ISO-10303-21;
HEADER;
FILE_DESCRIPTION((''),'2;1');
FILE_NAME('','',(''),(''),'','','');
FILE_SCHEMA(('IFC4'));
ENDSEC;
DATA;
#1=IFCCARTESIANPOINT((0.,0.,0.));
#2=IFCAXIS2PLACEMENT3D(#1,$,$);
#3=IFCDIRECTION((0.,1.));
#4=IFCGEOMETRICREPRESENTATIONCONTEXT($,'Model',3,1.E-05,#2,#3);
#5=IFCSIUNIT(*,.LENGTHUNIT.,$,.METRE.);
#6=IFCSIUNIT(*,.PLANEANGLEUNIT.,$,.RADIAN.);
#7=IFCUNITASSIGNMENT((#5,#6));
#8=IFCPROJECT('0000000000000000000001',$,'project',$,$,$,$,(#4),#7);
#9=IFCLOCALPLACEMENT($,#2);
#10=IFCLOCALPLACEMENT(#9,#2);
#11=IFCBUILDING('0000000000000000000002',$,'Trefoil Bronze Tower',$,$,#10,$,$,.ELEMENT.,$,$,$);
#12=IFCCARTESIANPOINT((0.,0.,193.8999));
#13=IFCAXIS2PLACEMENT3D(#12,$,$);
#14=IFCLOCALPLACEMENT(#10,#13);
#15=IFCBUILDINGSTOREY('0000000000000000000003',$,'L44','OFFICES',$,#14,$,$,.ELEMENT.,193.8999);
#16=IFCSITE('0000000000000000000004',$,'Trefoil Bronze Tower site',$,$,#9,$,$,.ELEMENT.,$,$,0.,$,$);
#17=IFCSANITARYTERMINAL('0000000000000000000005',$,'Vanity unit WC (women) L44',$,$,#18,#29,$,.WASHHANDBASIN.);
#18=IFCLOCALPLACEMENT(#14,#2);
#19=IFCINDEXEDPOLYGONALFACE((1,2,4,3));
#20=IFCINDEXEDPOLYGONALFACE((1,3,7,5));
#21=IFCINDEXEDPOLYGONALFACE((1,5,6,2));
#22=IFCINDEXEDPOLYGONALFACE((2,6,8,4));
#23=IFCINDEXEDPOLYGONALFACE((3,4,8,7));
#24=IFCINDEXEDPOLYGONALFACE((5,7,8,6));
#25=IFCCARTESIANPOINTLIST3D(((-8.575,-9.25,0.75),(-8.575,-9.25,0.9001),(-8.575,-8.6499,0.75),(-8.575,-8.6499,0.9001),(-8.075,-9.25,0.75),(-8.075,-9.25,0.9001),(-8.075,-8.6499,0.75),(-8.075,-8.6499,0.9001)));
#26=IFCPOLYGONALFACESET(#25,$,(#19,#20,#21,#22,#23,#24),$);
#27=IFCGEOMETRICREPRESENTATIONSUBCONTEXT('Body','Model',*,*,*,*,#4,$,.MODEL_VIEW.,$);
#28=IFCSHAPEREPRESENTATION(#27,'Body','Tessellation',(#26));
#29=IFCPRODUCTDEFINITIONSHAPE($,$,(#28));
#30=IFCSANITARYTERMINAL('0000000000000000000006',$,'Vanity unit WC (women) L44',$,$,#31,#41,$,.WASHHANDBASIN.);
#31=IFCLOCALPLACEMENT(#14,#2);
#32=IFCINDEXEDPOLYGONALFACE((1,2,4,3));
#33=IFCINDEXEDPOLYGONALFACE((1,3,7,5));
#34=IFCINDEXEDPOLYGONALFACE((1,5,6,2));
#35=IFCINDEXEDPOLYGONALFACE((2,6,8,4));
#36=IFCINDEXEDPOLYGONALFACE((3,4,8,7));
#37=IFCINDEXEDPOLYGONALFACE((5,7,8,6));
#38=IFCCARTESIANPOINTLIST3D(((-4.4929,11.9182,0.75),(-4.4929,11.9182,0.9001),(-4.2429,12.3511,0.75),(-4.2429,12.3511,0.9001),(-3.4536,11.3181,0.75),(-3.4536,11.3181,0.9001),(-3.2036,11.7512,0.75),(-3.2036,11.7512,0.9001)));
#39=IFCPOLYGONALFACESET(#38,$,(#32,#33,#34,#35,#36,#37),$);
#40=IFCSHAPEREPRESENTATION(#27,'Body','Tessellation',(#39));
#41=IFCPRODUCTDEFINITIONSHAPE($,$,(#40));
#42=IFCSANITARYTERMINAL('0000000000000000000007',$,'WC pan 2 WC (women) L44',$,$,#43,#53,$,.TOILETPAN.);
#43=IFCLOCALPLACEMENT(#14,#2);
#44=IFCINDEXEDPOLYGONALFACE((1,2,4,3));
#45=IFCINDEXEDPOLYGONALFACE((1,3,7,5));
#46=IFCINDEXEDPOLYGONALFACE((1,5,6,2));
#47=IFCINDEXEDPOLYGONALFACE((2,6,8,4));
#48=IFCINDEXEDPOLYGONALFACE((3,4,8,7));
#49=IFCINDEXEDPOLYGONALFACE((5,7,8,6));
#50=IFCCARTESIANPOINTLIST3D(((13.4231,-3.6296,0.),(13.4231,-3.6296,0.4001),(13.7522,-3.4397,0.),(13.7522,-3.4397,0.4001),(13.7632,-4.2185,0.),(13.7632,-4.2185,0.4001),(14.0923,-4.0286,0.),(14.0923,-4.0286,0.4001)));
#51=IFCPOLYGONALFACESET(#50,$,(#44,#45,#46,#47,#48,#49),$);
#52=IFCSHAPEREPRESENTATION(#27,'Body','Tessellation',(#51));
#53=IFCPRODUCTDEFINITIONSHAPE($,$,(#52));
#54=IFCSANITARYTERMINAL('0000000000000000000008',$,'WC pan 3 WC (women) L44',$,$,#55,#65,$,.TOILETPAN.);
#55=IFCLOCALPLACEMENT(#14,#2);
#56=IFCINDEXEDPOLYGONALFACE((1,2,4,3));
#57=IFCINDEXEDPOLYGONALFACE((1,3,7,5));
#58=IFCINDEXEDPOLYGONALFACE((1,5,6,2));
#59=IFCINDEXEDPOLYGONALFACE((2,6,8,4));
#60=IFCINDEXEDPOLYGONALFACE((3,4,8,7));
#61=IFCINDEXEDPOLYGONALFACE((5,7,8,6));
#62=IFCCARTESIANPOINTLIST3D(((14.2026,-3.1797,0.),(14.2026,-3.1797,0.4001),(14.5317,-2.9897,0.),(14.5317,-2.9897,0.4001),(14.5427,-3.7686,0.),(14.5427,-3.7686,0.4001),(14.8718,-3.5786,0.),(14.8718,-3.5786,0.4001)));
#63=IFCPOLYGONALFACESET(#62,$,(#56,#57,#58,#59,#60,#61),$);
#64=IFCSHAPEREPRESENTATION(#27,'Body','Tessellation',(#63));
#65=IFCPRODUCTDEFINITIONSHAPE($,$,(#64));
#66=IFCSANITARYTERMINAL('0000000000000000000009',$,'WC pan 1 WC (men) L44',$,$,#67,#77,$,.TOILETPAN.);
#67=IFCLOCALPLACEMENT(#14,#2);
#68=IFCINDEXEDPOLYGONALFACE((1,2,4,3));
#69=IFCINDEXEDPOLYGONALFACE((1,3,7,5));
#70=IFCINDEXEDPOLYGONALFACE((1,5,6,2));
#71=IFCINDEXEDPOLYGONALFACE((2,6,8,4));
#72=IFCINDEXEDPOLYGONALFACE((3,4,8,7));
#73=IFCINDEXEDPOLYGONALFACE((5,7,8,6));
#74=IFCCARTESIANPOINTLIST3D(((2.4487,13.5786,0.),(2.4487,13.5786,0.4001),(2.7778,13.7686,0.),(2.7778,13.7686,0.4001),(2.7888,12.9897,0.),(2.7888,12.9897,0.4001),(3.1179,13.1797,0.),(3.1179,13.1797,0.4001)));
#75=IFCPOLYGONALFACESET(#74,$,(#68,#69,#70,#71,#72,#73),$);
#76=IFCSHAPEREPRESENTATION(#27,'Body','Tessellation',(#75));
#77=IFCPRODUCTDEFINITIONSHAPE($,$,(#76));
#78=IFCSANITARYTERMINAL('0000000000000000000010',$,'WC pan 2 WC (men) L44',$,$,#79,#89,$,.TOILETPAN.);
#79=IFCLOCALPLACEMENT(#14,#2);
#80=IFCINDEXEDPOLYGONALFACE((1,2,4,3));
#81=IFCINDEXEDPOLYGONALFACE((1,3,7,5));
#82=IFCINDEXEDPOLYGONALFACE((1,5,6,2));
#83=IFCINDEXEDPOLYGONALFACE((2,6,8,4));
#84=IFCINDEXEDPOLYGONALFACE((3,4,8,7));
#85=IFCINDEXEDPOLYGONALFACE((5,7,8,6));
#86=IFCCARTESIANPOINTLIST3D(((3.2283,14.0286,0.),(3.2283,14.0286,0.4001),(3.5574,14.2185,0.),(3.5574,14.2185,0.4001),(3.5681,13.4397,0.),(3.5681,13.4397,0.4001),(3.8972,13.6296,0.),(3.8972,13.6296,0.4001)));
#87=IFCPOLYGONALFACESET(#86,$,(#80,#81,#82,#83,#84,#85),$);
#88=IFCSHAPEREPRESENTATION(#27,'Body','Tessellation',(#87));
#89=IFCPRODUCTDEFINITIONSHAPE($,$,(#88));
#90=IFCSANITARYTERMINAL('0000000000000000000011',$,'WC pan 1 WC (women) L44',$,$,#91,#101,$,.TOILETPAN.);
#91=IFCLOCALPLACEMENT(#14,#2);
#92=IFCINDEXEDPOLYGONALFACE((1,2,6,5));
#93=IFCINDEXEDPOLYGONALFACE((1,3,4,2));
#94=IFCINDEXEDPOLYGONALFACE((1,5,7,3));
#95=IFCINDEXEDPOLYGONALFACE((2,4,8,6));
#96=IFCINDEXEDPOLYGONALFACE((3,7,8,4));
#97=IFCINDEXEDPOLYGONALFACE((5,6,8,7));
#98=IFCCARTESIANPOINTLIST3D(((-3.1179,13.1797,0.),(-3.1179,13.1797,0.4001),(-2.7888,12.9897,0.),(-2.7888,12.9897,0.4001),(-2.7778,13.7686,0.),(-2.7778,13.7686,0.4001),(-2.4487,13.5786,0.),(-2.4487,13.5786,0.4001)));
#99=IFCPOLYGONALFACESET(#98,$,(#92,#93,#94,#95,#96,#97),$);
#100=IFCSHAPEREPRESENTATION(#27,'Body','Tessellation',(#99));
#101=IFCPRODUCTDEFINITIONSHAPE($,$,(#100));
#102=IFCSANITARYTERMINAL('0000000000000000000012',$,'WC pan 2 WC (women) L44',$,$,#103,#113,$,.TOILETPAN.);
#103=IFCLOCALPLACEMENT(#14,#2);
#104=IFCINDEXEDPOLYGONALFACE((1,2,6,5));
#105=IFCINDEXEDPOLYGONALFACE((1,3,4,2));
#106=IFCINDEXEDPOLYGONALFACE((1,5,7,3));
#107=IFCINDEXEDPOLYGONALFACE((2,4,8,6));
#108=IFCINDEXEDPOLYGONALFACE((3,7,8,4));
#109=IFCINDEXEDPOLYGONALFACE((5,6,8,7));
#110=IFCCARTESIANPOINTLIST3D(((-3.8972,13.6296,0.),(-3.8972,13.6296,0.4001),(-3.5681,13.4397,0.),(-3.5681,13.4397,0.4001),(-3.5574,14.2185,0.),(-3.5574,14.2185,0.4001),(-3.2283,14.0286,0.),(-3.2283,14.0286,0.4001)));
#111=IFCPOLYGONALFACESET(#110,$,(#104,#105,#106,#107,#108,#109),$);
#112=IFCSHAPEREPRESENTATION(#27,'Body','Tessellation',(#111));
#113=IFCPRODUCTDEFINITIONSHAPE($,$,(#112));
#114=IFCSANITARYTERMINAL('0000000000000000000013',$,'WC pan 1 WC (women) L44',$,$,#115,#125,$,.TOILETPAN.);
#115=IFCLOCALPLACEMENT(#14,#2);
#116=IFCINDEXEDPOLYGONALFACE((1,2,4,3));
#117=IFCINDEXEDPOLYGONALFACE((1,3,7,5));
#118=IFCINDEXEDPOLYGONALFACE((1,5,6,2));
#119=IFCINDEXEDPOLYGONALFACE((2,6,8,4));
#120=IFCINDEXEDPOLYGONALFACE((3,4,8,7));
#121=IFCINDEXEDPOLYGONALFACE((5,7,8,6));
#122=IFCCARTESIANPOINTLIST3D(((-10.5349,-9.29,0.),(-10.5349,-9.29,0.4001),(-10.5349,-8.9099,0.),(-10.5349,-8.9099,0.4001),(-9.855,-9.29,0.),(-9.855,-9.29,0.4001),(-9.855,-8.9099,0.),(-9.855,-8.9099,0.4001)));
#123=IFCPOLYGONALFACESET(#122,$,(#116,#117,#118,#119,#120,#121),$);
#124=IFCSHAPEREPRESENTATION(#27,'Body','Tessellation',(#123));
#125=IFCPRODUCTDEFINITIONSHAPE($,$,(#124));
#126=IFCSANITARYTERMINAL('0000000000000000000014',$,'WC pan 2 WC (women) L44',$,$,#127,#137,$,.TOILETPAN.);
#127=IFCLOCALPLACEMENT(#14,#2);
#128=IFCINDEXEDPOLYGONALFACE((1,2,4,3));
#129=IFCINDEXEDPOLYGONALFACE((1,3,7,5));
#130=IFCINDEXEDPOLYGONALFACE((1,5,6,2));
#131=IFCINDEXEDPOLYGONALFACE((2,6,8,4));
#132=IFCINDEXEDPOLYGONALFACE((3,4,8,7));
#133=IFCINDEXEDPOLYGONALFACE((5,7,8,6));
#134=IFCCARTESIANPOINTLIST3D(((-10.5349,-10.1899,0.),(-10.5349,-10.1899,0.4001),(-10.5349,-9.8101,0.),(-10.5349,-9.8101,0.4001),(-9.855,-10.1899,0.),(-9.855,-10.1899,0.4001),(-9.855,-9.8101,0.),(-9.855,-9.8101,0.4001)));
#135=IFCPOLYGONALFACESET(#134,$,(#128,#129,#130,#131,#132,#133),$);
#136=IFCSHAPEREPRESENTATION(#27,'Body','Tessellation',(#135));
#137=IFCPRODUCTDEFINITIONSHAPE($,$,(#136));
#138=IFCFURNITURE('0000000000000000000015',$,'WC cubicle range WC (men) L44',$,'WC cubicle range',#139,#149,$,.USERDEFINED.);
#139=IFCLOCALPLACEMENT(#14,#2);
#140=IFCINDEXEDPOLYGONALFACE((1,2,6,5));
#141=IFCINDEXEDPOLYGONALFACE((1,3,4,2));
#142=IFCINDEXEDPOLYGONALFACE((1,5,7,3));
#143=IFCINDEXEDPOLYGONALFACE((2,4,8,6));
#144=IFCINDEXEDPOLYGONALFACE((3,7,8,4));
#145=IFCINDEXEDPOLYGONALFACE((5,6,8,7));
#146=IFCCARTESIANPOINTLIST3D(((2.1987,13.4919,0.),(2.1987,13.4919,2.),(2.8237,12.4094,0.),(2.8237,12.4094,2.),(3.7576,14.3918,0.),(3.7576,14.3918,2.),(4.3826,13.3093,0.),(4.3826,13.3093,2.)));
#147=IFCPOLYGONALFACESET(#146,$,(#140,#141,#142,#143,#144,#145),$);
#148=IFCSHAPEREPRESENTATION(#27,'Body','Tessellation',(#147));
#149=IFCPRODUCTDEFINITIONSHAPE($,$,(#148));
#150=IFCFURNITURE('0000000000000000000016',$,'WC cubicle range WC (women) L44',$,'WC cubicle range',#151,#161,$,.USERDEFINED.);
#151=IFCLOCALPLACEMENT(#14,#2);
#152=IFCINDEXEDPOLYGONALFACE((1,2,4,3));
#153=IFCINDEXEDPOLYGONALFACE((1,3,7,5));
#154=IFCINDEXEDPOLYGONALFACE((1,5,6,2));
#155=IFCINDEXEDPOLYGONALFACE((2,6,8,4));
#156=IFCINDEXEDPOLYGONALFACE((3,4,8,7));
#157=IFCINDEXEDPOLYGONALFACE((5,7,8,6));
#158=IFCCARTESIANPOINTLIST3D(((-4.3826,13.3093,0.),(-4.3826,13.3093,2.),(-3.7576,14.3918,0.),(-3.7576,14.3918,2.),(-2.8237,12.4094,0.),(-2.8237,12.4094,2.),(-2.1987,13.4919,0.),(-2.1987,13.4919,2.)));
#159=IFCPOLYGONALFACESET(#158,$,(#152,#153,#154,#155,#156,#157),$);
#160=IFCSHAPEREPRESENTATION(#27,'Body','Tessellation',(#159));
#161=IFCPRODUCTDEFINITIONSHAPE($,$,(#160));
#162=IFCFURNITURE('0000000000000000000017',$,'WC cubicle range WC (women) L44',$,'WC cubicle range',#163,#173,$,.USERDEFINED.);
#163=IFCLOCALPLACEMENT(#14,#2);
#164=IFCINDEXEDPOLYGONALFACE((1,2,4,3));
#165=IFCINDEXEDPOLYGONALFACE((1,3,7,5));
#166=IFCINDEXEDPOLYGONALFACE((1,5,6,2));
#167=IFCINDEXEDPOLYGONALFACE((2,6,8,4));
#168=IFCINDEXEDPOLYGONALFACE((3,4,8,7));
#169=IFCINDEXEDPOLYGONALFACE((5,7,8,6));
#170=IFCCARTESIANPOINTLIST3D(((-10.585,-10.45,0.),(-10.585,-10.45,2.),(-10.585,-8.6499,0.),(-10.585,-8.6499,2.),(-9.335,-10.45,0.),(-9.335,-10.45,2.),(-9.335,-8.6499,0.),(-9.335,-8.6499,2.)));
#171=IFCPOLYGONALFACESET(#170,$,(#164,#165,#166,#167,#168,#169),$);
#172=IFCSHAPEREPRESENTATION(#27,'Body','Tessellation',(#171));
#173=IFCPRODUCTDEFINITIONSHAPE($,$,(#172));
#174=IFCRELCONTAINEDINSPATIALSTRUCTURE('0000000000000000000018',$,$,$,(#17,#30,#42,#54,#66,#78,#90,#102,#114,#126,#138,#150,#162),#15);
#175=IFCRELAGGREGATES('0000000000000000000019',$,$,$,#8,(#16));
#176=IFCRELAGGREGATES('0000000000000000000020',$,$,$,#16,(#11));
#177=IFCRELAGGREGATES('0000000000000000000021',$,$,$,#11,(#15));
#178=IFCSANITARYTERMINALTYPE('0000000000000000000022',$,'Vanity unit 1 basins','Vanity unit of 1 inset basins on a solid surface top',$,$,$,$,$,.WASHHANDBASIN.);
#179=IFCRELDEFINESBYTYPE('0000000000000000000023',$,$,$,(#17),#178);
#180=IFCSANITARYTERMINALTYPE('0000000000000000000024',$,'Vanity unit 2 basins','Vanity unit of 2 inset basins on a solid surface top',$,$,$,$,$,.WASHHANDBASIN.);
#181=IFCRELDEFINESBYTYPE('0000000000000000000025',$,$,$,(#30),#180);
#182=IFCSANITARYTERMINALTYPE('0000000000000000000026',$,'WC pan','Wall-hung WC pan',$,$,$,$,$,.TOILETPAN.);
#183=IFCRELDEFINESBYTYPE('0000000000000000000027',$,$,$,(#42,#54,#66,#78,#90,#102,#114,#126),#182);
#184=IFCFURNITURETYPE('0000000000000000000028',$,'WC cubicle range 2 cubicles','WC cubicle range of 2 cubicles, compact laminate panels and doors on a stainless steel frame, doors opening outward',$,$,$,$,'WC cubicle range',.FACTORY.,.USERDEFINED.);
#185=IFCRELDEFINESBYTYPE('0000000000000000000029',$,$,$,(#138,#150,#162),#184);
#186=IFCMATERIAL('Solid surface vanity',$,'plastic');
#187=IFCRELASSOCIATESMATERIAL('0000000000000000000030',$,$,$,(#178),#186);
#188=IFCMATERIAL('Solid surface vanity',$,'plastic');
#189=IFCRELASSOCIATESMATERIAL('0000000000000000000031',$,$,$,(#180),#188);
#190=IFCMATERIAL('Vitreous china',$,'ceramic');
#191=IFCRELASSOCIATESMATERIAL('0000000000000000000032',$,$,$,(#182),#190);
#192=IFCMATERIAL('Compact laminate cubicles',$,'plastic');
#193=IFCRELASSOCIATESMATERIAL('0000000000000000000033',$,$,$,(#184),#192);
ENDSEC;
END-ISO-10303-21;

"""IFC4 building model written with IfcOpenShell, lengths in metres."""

from ifc_helpers import new_model, si_unit, direction, frame, origin, place, context, subcontext, project, spatial, polyline, outline, extrude, material, type_object, element, save


model = new_model("IFC4")

# Units and contexts
model_context = context("Model", 3, precision=1e-05, world=origin(), true_north=direction((0.0, 1.0)))
body_context = subcontext(model_context, "Body", "Model", "MODEL_VIEW")
ifc_project = project(units=[si_unit("LENGTHUNIT", "METRE"), si_unit("PLANEANGLEUNIT", "RADIAN")], contexts=[model_context])

# Site, building, storey
site_placement = place(None, origin())
site = spatial("IfcSite", under=ifc_project, at=site_placement, Name="Trefoil Bronze Tower site", CompositionType="ELEMENT", RefElevation=0.0)
building_placement = place(site_placement, origin())
building = spatial("IfcBuilding", under=site, at=building_placement, Name="Trefoil Bronze Tower", CompositionType="ELEMENT")
storey_placement = place(building_placement, frame((0.0, 0.0, 193.8999)))
storey = spatial("IfcBuildingStorey", under=building, at=storey_placement, Name="L44", Description="OFFICES", CompositionType="ELEMENT", Elevation=193.8999)

# Sanitary terminals
ifc_material_1 = material(Name="Solid surface vanity", Category="plastic")
sanitary_terminal_type_1 = type_object("IfcSanitaryTerminalType", Name="Vanity unit 1 basins", Description="Vanity unit of 1 inset basins on a solid surface top", PredefinedType="WASHHANDBASIN", material=ifc_material_1)
sanitary_terminal_1_placement = place(storey_placement, frame((0.0, 0.0, 0.75)))
element("IfcSanitaryTerminal", 1, at=sanitary_terminal_1_placement, inside=storey, type_object=sanitary_terminal_type_1, Name="Vanity unit WC (women) L44", PredefinedType="WASHHANDBASIN", context=body_context, shape_type="SweptSolid", body=[
    extrude(outline(polyline([(-8.075, -8.6499), (-8.575, -8.6499), (-8.575, -9.25), (-8.075, -9.25), (-8.075, -8.6499)])), origin(), (0.0, 0.0, 1.0), 0.1501),
])
ifc_material_2 = material(Name="Solid surface vanity", Category="plastic")
sanitary_terminal_type_2 = type_object("IfcSanitaryTerminalType", Name="Vanity unit 2 basins", Description="Vanity unit of 2 inset basins on a solid surface top", PredefinedType="WASHHANDBASIN", material=ifc_material_2)
sanitary_terminal_2_placement = place(storey_placement, frame((0.0, 0.0, 0.75)))
element("IfcSanitaryTerminal", 2, at=sanitary_terminal_2_placement, inside=storey, type_object=sanitary_terminal_type_2, Name="Vanity unit WC (women) L44", PredefinedType="WASHHANDBASIN", context=body_context, shape_type="SweptSolid", body=[
    extrude(outline(polyline([(-3.4536, 11.3181), (-3.2036, 11.7512), (-4.2429, 12.3511), (-4.4929, 11.9182), (-3.4536, 11.3181)])), origin(), (0.0, 0.0, 1.0), 0.1501),
])
ifc_material_3 = material(Name="Vitreous china", Category="ceramic")
sanitary_terminal_type_3 = type_object("IfcSanitaryTerminalType", Name="WC pan", Description="Wall-hung WC pan", PredefinedType="TOILETPAN", material=ifc_material_3)
sanitary_terminal_3_placement = place(storey_placement, origin())
element("IfcSanitaryTerminal", 3, at=sanitary_terminal_3_placement, inside=storey, type_object=sanitary_terminal_type_3, Name="WC pan 2 WC (women) L44", PredefinedType="TOILETPAN", context=body_context, shape_type="SweptSolid", body=[
    extrude(outline(polyline([(13.4231, -3.6296), (13.7632, -4.2185), (14.0923, -4.0286), (13.7522, -3.4397), (13.4231, -3.6296)])), origin(), (0.0, 0.0, 1.0), 0.4001),
])
sanitary_terminal_4_placement = place(storey_placement, origin())
element("IfcSanitaryTerminal", 4, at=sanitary_terminal_4_placement, inside=storey, type_object=sanitary_terminal_type_3, Name="WC pan 3 WC (women) L44", PredefinedType="TOILETPAN", context=body_context, shape_type="SweptSolid", body=[
    extrude(outline(polyline([(14.2026, -3.1797), (14.5427, -3.7686), (14.8718, -3.5786), (14.5317, -2.9897), (14.2026, -3.1797)])), origin(), (0.0, 0.0, 1.0), 0.4001),
])
sanitary_terminal_5_placement = place(storey_placement, origin())
element("IfcSanitaryTerminal", 5, at=sanitary_terminal_5_placement, inside=storey, type_object=sanitary_terminal_type_3, Name="WC pan 1 WC (men) L44", PredefinedType="TOILETPAN", context=body_context, shape_type="SweptSolid", body=[
    extrude(outline(polyline([(2.7888, 12.9897), (2.4487, 13.5786), (2.7778, 13.7686), (3.1179, 13.1797), (2.7888, 12.9897)])), origin(), (0.0, 0.0, 1.0), 0.4001),
])
sanitary_terminal_6_placement = place(storey_placement, origin())
element("IfcSanitaryTerminal", 6, at=sanitary_terminal_6_placement, inside=storey, type_object=sanitary_terminal_type_3, Name="WC pan 2 WC (men) L44", PredefinedType="TOILETPAN", context=body_context, shape_type="SweptSolid", body=[
    extrude(outline(polyline([(3.5681, 13.4397), (3.2283, 14.0286), (3.5574, 14.2185), (3.8972, 13.6296), (3.5681, 13.4397)])), origin(), (0.0, 0.0, 1.0), 0.4001),
])
sanitary_terminal_7_placement = place(storey_placement, origin())
element("IfcSanitaryTerminal", 7, at=sanitary_terminal_7_placement, inside=storey, type_object=sanitary_terminal_type_3, Name="WC pan 1 WC (women) L44", PredefinedType="TOILETPAN", context=body_context, shape_type="SweptSolid", body=[
    extrude(outline(polyline([(-2.7888, 12.9897), (-2.4487, 13.5786), (-2.7778, 13.7686), (-3.1179, 13.1797), (-2.7888, 12.9897)])), origin(), (0.0, 0.0, 1.0), 0.4001),
])
sanitary_terminal_8_placement = place(storey_placement, origin())
element("IfcSanitaryTerminal", 8, at=sanitary_terminal_8_placement, inside=storey, type_object=sanitary_terminal_type_3, Name="WC pan 2 WC (women) L44", PredefinedType="TOILETPAN", context=body_context, shape_type="SweptSolid", body=[
    extrude(outline(polyline([(-3.5681, 13.4397), (-3.2283, 14.0286), (-3.5574, 14.2185), (-3.8972, 13.6296), (-3.5681, 13.4397)])), origin(), (0.0, 0.0, 1.0), 0.4001),
])
sanitary_terminal_9_placement = place(storey_placement, origin())
element("IfcSanitaryTerminal", 9, at=sanitary_terminal_9_placement, inside=storey, type_object=sanitary_terminal_type_3, Name="WC pan 1 WC (women) L44", PredefinedType="TOILETPAN", context=body_context, shape_type="SweptSolid", body=[
    extrude(outline(polyline([(-9.855, -8.9099), (-10.5349, -8.9099), (-10.5349, -9.29), (-9.855, -9.29), (-9.855, -8.9099)])), origin(), (0.0, 0.0, 1.0), 0.4001),
])
sanitary_terminal_10_placement = place(storey_placement, origin())
element("IfcSanitaryTerminal", 10, at=sanitary_terminal_10_placement, inside=storey, type_object=sanitary_terminal_type_3, Name="WC pan 2 WC (women) L44", PredefinedType="TOILETPAN", context=body_context, shape_type="SweptSolid", body=[
    extrude(outline(polyline([(-9.855, -9.8101), (-10.5349, -9.8101), (-10.5349, -10.1899), (-9.855, -10.1899), (-9.855, -9.8101)])), origin(), (0.0, 0.0, 1.0), 0.4001),
])

# Furniture
ifc_material_4 = material(Name="Compact laminate cubicles", Category="plastic")
furniture_type = type_object("IfcFurnitureType", Name="WC cubicle range 2 cubicles", Description="WC cubicle range of 2 cubicles, compact laminate panels and doors on a stainless steel frame, doors opening outward", ElementType="WC cubicle range", AssemblyPlace="FACTORY", PredefinedType="USERDEFINED", material=ifc_material_4)
furniture_1_placement = place(storey_placement, origin())
element("IfcFurniture", 11, at=furniture_1_placement, inside=storey, type_object=furniture_type, Name="WC cubicle range WC (men) L44", ObjectType="WC cubicle range", PredefinedType="USERDEFINED", context=body_context, shape_type="SweptSolid", body=[
    extrude(outline(polyline([(2.8237, 12.4094), (2.1987, 13.4919), (3.7576, 14.3918), (4.3826, 13.3093), (2.8237, 12.4094)])), origin(), (0.0, 0.0, 1.0), 2.0),
])
furniture_2_placement = place(storey_placement, origin())
element("IfcFurniture", 12, at=furniture_2_placement, inside=storey, type_object=furniture_type, Name="WC cubicle range WC (women) L44", ObjectType="WC cubicle range", PredefinedType="USERDEFINED", context=body_context, shape_type="SweptSolid", body=[
    extrude(outline(polyline([(-2.8237, 12.4094), (-2.1987, 13.4919), (-3.7576, 14.3918), (-4.3826, 13.3093), (-2.8237, 12.4094)])), origin(), (0.0, 0.0, 1.0), 2.0),
])
furniture_3_placement = place(storey_placement, origin())
element("IfcFurniture", 13, at=furniture_3_placement, inside=storey, type_object=furniture_type, Name="WC cubicle range WC (women) L44", ObjectType="WC cubicle range", PredefinedType="USERDEFINED", context=body_context, shape_type="SweptSolid", body=[
    extrude(outline(polyline([(-9.335, -8.6499), (-10.585, -8.6499), (-10.585, -10.45), (-9.335, -10.45), (-9.335, -8.6499)])), origin(), (0.0, 0.0, 1.0), 2.0),
])

save(model, "model.ifc")
